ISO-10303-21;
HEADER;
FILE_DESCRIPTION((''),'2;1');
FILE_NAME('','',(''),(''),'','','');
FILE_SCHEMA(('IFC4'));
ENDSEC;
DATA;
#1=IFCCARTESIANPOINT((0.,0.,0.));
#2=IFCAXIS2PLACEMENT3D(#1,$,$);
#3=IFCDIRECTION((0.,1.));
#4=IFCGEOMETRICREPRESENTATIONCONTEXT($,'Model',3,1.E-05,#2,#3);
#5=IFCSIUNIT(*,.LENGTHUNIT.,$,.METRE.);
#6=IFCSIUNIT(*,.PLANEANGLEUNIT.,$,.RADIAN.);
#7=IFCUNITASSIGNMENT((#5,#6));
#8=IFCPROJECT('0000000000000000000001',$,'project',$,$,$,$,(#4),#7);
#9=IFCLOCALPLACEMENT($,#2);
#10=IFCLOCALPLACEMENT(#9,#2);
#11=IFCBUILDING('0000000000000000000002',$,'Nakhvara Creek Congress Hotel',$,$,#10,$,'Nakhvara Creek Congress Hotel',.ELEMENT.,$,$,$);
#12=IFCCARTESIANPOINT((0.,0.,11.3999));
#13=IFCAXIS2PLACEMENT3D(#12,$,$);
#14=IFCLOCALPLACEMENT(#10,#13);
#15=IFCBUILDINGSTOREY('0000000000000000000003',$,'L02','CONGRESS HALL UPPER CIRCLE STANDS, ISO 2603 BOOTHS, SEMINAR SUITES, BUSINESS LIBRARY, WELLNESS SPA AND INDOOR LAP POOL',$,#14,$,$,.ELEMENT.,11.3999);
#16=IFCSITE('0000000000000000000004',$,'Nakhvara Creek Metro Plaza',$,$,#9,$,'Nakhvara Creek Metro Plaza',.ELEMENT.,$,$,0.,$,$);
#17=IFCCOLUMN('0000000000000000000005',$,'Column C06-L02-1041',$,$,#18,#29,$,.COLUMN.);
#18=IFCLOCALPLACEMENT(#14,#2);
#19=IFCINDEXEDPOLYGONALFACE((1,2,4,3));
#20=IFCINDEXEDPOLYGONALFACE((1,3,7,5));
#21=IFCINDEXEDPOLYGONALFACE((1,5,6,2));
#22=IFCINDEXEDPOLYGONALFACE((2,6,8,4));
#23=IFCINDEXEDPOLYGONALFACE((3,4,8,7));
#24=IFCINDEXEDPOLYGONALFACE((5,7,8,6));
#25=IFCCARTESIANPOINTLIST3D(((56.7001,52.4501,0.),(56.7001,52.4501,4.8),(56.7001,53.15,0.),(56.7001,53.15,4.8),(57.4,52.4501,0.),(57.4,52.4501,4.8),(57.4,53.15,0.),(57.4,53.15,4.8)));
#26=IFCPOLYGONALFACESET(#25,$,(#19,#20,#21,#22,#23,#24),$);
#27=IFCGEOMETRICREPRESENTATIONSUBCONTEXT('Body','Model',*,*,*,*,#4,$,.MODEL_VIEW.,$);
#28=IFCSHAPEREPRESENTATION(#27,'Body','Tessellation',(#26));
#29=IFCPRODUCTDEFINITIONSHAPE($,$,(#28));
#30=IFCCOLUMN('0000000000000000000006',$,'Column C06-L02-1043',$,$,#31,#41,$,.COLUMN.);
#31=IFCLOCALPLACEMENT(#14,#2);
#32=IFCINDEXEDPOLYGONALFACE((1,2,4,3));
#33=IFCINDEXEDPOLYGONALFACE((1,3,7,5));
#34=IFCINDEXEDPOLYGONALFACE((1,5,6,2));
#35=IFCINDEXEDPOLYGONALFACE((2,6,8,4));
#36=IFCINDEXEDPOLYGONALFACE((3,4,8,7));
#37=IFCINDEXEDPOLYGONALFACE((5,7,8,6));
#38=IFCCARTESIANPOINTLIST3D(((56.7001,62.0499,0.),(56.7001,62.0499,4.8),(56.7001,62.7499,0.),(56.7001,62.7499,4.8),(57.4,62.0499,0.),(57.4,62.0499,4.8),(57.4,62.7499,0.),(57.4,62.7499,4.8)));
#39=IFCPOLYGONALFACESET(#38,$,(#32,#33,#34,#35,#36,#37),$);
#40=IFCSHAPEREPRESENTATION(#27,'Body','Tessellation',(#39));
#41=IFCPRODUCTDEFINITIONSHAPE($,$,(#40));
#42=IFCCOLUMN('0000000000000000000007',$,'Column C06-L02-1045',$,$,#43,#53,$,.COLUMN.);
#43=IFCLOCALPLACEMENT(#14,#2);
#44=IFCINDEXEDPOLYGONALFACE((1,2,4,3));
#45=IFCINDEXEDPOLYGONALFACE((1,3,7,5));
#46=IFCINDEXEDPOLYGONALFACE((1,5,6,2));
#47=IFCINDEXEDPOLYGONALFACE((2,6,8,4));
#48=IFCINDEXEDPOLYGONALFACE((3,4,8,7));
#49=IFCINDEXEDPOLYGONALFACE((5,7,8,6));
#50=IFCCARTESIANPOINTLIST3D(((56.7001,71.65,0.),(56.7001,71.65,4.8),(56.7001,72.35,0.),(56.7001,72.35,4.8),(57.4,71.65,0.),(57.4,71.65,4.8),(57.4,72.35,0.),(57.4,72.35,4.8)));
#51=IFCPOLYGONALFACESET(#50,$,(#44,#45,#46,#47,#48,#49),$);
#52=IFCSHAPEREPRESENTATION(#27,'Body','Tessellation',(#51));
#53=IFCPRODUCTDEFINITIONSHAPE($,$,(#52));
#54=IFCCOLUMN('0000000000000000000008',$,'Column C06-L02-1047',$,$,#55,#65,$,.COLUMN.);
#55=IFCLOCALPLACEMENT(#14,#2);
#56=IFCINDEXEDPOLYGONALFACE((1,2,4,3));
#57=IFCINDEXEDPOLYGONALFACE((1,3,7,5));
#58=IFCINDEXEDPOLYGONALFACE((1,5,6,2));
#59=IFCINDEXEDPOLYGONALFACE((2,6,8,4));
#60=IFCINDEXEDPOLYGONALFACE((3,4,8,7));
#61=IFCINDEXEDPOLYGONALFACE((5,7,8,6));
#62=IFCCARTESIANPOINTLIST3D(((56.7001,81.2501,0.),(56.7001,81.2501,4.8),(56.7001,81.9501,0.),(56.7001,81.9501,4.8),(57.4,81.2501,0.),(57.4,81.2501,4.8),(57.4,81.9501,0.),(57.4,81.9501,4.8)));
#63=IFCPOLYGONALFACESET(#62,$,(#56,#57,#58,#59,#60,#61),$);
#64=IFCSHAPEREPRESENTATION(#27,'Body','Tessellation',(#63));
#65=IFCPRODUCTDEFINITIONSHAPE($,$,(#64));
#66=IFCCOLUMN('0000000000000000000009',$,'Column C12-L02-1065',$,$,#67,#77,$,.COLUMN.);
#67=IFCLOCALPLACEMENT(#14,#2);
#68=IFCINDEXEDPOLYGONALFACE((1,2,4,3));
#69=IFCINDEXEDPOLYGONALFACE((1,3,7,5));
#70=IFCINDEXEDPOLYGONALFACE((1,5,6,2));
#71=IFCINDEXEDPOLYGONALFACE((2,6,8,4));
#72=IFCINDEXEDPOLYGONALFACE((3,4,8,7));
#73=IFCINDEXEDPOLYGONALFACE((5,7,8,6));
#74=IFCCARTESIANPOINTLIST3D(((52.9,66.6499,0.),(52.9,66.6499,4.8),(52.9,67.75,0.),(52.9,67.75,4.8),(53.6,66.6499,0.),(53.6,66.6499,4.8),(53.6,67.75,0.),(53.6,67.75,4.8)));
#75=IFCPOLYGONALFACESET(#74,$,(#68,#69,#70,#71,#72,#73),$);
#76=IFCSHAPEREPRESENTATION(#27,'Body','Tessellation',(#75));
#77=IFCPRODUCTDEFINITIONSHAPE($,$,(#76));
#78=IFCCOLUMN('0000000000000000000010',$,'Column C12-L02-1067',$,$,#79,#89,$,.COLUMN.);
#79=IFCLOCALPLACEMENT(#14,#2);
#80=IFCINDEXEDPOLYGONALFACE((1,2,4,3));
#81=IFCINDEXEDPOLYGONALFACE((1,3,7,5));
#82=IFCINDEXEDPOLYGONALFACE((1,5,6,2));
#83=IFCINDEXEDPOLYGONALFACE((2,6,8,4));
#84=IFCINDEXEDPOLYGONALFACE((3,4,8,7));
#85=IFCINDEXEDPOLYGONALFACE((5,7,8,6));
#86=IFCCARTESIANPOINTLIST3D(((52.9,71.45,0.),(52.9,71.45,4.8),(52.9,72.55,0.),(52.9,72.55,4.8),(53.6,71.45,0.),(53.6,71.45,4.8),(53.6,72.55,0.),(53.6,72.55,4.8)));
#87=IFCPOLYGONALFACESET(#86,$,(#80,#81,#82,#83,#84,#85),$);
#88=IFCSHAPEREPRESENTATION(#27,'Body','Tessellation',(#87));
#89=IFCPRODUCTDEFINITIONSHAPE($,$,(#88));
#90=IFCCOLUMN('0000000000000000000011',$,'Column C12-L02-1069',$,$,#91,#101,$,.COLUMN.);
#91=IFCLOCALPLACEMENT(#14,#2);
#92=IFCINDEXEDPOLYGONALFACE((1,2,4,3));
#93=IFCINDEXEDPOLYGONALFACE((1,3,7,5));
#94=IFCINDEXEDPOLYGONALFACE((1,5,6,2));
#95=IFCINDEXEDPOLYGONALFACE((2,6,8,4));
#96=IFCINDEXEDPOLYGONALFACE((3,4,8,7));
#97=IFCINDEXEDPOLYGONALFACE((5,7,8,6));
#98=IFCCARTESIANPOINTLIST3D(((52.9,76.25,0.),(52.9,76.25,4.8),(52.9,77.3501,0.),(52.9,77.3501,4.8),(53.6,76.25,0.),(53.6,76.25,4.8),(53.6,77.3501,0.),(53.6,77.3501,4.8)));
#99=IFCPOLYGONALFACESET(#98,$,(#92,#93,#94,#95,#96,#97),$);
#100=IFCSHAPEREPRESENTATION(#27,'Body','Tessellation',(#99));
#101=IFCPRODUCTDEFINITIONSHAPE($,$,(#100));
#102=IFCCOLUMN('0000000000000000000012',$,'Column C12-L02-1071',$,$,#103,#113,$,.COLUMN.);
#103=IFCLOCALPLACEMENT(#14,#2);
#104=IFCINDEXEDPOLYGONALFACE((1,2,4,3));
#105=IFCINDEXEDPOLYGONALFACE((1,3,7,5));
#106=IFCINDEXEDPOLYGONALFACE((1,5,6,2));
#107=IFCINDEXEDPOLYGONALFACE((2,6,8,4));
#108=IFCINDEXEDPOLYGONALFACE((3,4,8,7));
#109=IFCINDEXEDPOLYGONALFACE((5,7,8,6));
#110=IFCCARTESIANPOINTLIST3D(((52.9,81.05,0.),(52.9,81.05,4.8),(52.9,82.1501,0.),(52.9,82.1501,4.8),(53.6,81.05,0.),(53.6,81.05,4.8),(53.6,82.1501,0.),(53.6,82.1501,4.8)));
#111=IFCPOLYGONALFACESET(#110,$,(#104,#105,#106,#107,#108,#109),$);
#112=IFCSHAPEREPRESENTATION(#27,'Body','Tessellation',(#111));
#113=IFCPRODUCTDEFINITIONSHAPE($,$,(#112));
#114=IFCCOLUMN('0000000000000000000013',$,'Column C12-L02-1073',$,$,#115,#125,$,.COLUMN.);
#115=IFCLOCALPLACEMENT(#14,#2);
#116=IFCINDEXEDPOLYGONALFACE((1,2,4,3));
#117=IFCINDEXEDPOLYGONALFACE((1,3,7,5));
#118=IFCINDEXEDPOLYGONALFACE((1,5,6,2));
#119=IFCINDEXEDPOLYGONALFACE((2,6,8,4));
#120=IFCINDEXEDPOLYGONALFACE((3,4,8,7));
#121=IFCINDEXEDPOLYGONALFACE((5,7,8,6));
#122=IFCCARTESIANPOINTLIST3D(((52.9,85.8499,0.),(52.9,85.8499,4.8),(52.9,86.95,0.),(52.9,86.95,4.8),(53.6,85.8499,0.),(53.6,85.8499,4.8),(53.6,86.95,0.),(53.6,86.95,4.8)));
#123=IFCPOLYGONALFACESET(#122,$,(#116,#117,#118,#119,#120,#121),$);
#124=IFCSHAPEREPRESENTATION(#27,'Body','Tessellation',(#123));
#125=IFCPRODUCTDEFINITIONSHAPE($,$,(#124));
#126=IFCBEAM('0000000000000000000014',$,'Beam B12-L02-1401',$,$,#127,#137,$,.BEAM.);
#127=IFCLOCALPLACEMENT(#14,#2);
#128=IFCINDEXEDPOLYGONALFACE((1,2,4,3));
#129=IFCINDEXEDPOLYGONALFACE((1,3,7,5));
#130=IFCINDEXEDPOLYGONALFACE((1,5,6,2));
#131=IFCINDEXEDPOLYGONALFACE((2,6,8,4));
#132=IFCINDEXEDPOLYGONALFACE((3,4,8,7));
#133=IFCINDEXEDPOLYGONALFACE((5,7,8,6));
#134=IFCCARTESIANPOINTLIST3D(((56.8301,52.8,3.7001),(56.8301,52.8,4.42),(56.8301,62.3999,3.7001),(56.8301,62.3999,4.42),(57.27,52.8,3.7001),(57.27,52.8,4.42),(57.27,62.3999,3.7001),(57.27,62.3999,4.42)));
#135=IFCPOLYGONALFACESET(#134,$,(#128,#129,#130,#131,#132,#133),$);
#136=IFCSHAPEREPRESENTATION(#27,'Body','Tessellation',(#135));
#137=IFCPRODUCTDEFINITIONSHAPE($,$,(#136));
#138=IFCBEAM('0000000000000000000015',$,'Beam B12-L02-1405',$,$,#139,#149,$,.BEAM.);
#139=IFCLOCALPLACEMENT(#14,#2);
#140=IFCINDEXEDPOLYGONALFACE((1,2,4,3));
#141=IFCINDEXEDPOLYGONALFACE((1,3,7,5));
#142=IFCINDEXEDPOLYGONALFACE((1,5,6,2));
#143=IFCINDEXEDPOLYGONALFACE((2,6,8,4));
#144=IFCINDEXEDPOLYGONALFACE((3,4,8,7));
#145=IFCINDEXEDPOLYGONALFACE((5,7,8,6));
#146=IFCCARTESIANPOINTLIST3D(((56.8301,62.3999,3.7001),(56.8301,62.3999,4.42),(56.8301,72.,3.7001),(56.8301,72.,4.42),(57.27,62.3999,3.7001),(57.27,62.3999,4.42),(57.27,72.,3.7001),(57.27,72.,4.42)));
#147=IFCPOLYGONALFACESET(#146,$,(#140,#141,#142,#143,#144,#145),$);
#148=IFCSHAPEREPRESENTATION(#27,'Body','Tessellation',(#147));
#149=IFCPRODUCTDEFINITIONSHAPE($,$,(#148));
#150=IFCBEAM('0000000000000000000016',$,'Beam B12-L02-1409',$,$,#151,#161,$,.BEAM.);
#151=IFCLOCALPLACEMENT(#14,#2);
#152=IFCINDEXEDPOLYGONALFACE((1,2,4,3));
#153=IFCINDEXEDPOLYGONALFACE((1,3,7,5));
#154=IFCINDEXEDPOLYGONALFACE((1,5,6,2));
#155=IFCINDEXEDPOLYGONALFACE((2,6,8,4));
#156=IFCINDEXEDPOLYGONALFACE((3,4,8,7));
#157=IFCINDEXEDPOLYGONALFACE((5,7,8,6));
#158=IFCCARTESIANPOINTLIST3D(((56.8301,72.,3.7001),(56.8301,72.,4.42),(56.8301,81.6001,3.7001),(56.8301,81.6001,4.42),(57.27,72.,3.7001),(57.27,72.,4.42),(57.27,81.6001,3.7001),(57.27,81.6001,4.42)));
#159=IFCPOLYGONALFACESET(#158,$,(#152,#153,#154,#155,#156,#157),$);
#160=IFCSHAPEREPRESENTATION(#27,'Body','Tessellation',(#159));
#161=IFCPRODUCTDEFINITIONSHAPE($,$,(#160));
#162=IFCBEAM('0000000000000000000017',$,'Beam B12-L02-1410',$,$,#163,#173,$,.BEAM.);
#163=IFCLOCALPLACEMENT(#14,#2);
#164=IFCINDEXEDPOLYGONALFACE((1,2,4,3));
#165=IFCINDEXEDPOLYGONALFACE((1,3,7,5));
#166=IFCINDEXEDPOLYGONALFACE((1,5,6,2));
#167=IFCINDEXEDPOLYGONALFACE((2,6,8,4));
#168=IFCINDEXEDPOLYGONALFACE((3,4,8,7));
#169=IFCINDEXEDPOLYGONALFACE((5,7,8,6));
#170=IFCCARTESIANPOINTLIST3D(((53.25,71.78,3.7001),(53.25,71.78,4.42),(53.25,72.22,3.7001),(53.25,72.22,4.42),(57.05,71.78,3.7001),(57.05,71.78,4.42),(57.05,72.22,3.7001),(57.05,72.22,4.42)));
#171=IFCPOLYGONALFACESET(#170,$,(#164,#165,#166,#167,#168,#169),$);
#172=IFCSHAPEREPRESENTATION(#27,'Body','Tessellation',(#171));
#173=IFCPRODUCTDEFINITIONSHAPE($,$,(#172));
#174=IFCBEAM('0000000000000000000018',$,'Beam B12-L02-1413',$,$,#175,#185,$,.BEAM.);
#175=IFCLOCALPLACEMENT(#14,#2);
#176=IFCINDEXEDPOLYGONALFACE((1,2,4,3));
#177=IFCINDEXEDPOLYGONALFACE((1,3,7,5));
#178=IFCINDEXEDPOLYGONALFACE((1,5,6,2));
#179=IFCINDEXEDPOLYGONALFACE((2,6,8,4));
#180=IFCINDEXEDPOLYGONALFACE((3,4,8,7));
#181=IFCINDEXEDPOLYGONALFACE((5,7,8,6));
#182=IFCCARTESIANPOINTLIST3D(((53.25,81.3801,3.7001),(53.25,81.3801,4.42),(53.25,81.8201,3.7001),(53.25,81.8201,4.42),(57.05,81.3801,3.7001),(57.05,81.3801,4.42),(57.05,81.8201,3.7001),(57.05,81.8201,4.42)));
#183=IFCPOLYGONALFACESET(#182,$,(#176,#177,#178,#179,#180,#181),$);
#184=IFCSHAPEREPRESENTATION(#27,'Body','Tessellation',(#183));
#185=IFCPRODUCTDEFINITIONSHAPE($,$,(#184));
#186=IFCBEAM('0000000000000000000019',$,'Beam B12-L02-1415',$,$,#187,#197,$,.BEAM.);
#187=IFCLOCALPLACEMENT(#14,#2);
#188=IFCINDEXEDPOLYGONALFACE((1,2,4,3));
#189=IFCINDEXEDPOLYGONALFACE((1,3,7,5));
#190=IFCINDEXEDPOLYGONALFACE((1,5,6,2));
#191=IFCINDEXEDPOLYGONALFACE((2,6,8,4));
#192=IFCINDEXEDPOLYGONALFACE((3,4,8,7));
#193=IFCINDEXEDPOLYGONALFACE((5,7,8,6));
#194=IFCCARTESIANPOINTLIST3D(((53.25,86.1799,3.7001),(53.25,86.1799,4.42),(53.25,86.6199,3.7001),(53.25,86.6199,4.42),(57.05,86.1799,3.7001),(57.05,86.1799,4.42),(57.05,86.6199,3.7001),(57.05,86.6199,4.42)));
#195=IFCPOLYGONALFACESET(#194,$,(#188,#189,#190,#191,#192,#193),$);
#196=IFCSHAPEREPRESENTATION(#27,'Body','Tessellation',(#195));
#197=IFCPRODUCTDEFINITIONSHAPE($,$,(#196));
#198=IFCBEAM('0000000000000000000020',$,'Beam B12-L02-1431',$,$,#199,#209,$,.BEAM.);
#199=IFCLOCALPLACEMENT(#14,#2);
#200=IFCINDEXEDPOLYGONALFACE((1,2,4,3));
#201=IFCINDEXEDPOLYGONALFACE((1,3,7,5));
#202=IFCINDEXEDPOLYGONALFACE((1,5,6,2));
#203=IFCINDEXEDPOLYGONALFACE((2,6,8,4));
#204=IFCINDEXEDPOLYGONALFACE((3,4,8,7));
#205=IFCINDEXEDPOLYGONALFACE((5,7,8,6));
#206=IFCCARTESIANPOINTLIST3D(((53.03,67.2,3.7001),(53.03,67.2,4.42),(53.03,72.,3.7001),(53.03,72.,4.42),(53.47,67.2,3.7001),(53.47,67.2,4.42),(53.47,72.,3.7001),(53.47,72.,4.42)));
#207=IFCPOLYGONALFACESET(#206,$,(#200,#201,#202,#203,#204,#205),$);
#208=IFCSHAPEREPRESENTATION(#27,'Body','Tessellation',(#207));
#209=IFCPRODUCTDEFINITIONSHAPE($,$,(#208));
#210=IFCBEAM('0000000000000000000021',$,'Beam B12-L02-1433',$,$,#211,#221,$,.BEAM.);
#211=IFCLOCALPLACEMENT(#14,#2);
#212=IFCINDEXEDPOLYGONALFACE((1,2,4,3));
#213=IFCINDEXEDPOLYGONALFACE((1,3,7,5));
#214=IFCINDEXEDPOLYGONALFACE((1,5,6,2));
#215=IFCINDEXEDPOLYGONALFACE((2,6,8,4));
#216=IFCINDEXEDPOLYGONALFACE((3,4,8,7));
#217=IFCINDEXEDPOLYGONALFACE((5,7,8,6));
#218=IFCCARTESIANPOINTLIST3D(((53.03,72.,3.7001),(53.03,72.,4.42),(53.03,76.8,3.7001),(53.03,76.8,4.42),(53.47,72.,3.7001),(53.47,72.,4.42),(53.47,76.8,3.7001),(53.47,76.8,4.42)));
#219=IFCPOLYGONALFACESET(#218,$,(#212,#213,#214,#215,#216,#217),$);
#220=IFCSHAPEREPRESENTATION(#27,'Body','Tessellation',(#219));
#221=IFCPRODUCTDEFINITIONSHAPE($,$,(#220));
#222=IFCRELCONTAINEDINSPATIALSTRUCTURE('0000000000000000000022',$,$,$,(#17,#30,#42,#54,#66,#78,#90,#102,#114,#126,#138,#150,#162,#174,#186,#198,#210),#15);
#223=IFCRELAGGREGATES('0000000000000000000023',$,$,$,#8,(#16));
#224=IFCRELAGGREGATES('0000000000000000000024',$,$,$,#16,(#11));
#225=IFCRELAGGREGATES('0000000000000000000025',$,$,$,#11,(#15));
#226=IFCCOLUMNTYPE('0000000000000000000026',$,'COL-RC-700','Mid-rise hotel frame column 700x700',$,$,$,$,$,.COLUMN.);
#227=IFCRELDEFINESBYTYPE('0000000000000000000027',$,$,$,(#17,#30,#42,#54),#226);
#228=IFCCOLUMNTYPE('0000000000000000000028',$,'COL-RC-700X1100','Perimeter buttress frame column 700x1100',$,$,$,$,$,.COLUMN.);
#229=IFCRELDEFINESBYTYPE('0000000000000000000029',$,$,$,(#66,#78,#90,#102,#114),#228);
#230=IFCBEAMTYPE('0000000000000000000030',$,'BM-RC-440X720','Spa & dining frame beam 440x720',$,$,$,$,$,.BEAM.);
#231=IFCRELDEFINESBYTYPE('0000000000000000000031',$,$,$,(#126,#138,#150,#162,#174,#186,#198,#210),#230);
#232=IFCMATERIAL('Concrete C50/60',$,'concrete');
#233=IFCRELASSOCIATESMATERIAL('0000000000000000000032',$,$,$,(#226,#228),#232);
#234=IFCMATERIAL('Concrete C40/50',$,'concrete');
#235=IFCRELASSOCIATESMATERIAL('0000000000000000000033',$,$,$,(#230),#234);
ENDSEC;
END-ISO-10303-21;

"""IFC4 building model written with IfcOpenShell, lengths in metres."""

from ifc_helpers import new_model, si_unit, direction, frame, origin, origin_2d, place, context, subcontext, project, spatial, rectangle, extrude, material, material_profile, profile_set, type_object, element, save


model = new_model("IFC4")

# Units and contexts
model_context = context("Model", 3, precision=1e-05, world=origin(), true_north=direction((0.0, 1.0)))
body_context = subcontext(model_context, "Body", "Model", "MODEL_VIEW")
ifc_project = project(units=[si_unit("LENGTHUNIT", "METRE"), si_unit("PLANEANGLEUNIT", "RADIAN")], contexts=[model_context])

# Site, building, storey
site_placement = place(None, origin())
site = spatial("IfcSite", under=ifc_project, at=site_placement, Name="Nakhvara Creek Metro Plaza", LongName="Nakhvara Creek Metro Plaza", CompositionType="ELEMENT", RefElevation=0.0)
building_placement = place(site_placement, origin())
building = spatial("IfcBuilding", under=site, at=building_placement, Name="Nakhvara Creek Congress Hotel", LongName="Nakhvara Creek Congress Hotel", CompositionType="ELEMENT")
storey_placement = place(building_placement, frame((0.0, 0.0, 11.3999)))
storey = spatial("IfcBuildingStorey", under=building, at=storey_placement, Name="L02", Description="CONGRESS HALL UPPER CIRCLE STANDS, ISO 2603 BOOTHS, SEMINAR SUITES, BUSINESS LIBRARY, WELLNESS SPA AND INDOOR LAP POOL", CompositionType="ELEMENT", Elevation=11.3999)

# Columns
ifc_material_1 = material(Name="Concrete C50/60", Category="concrete")
ifc_material_profile_1 = material_profile(ifc_material_1, rectangle(XDim=0.7, YDim=0.7, at=origin_2d()), Name="RC-COL 700x700", Category="LoadBearing")
ifc_profile_set_1 = profile_set([ifc_material_profile_1], Name="Concrete C50/60")
column_type_1 = type_object("IfcColumnType", Name="COL-RC-700", Description="Mid-rise hotel frame column 700x700", PredefinedType="COLUMN", material=ifc_profile_set_1)
for number, where, z_axis, x_axis, name in (
    (1, (57.05, 52.8, 0.0), (0.0, 0.0, 1.0), (1.0, 0.0, 0.0), "Column C06-L02-1041"),
    (2, (57.05, 62.3999, 0.0), (0.0, 0.0, 1.0), (1.0, 0.0, 0.0), "Column C06-L02-1043"),
    (3, (57.05, 72.0, 0.0), (0.0, 0.0, 1.0), (1.0, 0.0, 0.0), "Column C06-L02-1045"),
    (4, (57.05, 81.6001, 0.0), (0.0, 0.0, 1.0), (1.0, 0.0, 0.0), "Column C06-L02-1047"),
):
    element("IfcColumn", number, at=place(storey_placement, frame(where, z_axis=z_axis, x_axis=x_axis)), inside=storey, type_object=column_type_1, Name=name, PredefinedType="COLUMN", context=body_context, shape_type="SweptSolid", body=[
        extrude(rectangle(XDim=0.7, YDim=0.7, at=origin_2d()), origin(), (0.0, 0.0, 1.0), 4.8),
    ])
ifc_material_profile_2 = material_profile(ifc_material_1, rectangle(XDim=0.7, YDim=1.1001, at=origin_2d()), Name="RC-COL 700x1100", Category="LoadBearing")
ifc_profile_set_2 = profile_set([ifc_material_profile_2], Name="Concrete C50/60")
column_type_2 = type_object("IfcColumnType", Name="COL-RC-700X1100", Description="Perimeter buttress frame column 700x1100", PredefinedType="COLUMN", material=ifc_profile_set_2)
for number, where, z_axis, x_axis, name in (
    (5, (53.25, 67.2, 0.0), (0.0, 0.0, 1.0), (1.0, 0.0, 0.0), "Column C12-L02-1065"),
    (6, (53.25, 72.0, 0.0), (0.0, 0.0, 1.0), (1.0, 0.0, 0.0), "Column C12-L02-1067"),
    (7, (53.25, 76.8, 0.0), (0.0, 0.0, 1.0), (1.0, 0.0, 0.0), "Column C12-L02-1069"),
    (8, (53.25, 81.6001, 0.0), (0.0, 0.0, 1.0), (1.0, 0.0, 0.0), "Column C12-L02-1071"),
    (9, (53.25, 86.3999, 0.0), (0.0, 0.0, 1.0), (1.0, 0.0, 0.0), "Column C12-L02-1073"),
):
    element("IfcColumn", number, at=place(storey_placement, frame(where, z_axis=z_axis, x_axis=x_axis)), inside=storey, type_object=column_type_2, Name=name, PredefinedType="COLUMN", context=body_context, shape_type="SweptSolid", body=[
        extrude(rectangle(XDim=0.7, YDim=1.1001, at=origin_2d()), origin(), (0.0, 0.0, 1.0), 4.8),
    ])

# Beams
ifc_material_2 = material(Name="Concrete C40/50", Category="concrete")
ifc_material_profile_3 = material_profile(ifc_material_2, rectangle(XDim=0.4399, YDim=0.72, at=origin_2d()), Name="RC-BM 440x720", Category="LoadBearing")
ifc_profile_set_3 = profile_set([ifc_material_profile_3], Name="Concrete C40/50")
beam_type = type_object("IfcBeamType", Name="BM-RC-440X720", Description="Spa & dining frame beam 440x720", PredefinedType="BEAM", material=ifc_profile_set_3)
beam_1_placement = place(storey_placement, frame((57.05, 52.8, 4.0601), z_axis=(0.0, 1.0, 0.0), x_axis=(-1.0, 0.0, 0.0)))
element("IfcBeam", 10, at=beam_1_placement, inside=storey, type_object=beam_type, Name="Beam B12-L02-1401", PredefinedType="BEAM", context=body_context, shape_type="SweptSolid", body=[
    extrude(rectangle(XDim=0.4399, YDim=0.72, at=origin_2d()), origin(), (0.0, 0.0, 1.0), 9.5999),
])
for number, where, z_axis, x_axis, name in (
    (11, (57.05, 62.3999, 4.0601), (0.0, 1.0, 0.0), (-1.0, 0.0, 0.0), "Beam B12-L02-1405"),
    (12, (57.05, 72.0, 4.0601), (0.0, 1.0, 0.0), (-1.0, 0.0, 0.0), "Beam B12-L02-1409"),
):
    element("IfcBeam", number, at=place(storey_placement, frame(where, z_axis=z_axis, x_axis=x_axis)), inside=storey, type_object=beam_type, Name=name, PredefinedType="BEAM", context=body_context, shape_type="SweptSolid", body=[
        extrude(rectangle(XDim=0.4399, YDim=0.72, at=origin_2d()), origin(), (0.0, 0.0, 1.0), 9.6001),
    ])
for number, where, z_axis, x_axis, name in (
    (13, (53.25, 72.0, 4.0601), (1.0, 0.0, 0.0), (0.0, 1.0, 0.0), "Beam B12-L02-1410"),
    (14, (53.25, 81.6001, 4.0601), (1.0, 0.0, 0.0), (0.0, 1.0, 0.0), "Beam B12-L02-1413"),
    (15, (53.25, 86.3999, 4.0601), (1.0, 0.0, 0.0), (0.0, 1.0, 0.0), "Beam B12-L02-1415"),
):
    element("IfcBeam", number, at=place(storey_placement, frame(where, z_axis=z_axis, x_axis=x_axis)), inside=storey, type_object=beam_type, Name=name, PredefinedType="BEAM", context=body_context, shape_type="SweptSolid", body=[
        extrude(rectangle(XDim=0.4399, YDim=0.72, at=origin_2d()), origin(), (0.0, 0.0, 1.0), 3.8),
    ])
for number, where, z_axis, x_axis, name in (
    (16, (53.25, 67.2, 4.0601), (0.0, 1.0, 0.0), (-1.0, 0.0, 0.0), "Beam B12-L02-1431"),
    (17, (53.25, 72.0, 4.0601), (0.0, 1.0, 0.0), (-1.0, 0.0, 0.0), "Beam B12-L02-1433"),
):
    element("IfcBeam", number, at=place(storey_placement, frame(where, z_axis=z_axis, x_axis=x_axis)), inside=storey, type_object=beam_type, Name=name, PredefinedType="BEAM", context=body_context, shape_type="SweptSolid", body=[
        extrude(rectangle(XDim=0.4399, YDim=0.72, at=origin_2d()), origin(), (0.0, 0.0, 1.0), 4.8),
    ])

save(model, "model.ifc")
